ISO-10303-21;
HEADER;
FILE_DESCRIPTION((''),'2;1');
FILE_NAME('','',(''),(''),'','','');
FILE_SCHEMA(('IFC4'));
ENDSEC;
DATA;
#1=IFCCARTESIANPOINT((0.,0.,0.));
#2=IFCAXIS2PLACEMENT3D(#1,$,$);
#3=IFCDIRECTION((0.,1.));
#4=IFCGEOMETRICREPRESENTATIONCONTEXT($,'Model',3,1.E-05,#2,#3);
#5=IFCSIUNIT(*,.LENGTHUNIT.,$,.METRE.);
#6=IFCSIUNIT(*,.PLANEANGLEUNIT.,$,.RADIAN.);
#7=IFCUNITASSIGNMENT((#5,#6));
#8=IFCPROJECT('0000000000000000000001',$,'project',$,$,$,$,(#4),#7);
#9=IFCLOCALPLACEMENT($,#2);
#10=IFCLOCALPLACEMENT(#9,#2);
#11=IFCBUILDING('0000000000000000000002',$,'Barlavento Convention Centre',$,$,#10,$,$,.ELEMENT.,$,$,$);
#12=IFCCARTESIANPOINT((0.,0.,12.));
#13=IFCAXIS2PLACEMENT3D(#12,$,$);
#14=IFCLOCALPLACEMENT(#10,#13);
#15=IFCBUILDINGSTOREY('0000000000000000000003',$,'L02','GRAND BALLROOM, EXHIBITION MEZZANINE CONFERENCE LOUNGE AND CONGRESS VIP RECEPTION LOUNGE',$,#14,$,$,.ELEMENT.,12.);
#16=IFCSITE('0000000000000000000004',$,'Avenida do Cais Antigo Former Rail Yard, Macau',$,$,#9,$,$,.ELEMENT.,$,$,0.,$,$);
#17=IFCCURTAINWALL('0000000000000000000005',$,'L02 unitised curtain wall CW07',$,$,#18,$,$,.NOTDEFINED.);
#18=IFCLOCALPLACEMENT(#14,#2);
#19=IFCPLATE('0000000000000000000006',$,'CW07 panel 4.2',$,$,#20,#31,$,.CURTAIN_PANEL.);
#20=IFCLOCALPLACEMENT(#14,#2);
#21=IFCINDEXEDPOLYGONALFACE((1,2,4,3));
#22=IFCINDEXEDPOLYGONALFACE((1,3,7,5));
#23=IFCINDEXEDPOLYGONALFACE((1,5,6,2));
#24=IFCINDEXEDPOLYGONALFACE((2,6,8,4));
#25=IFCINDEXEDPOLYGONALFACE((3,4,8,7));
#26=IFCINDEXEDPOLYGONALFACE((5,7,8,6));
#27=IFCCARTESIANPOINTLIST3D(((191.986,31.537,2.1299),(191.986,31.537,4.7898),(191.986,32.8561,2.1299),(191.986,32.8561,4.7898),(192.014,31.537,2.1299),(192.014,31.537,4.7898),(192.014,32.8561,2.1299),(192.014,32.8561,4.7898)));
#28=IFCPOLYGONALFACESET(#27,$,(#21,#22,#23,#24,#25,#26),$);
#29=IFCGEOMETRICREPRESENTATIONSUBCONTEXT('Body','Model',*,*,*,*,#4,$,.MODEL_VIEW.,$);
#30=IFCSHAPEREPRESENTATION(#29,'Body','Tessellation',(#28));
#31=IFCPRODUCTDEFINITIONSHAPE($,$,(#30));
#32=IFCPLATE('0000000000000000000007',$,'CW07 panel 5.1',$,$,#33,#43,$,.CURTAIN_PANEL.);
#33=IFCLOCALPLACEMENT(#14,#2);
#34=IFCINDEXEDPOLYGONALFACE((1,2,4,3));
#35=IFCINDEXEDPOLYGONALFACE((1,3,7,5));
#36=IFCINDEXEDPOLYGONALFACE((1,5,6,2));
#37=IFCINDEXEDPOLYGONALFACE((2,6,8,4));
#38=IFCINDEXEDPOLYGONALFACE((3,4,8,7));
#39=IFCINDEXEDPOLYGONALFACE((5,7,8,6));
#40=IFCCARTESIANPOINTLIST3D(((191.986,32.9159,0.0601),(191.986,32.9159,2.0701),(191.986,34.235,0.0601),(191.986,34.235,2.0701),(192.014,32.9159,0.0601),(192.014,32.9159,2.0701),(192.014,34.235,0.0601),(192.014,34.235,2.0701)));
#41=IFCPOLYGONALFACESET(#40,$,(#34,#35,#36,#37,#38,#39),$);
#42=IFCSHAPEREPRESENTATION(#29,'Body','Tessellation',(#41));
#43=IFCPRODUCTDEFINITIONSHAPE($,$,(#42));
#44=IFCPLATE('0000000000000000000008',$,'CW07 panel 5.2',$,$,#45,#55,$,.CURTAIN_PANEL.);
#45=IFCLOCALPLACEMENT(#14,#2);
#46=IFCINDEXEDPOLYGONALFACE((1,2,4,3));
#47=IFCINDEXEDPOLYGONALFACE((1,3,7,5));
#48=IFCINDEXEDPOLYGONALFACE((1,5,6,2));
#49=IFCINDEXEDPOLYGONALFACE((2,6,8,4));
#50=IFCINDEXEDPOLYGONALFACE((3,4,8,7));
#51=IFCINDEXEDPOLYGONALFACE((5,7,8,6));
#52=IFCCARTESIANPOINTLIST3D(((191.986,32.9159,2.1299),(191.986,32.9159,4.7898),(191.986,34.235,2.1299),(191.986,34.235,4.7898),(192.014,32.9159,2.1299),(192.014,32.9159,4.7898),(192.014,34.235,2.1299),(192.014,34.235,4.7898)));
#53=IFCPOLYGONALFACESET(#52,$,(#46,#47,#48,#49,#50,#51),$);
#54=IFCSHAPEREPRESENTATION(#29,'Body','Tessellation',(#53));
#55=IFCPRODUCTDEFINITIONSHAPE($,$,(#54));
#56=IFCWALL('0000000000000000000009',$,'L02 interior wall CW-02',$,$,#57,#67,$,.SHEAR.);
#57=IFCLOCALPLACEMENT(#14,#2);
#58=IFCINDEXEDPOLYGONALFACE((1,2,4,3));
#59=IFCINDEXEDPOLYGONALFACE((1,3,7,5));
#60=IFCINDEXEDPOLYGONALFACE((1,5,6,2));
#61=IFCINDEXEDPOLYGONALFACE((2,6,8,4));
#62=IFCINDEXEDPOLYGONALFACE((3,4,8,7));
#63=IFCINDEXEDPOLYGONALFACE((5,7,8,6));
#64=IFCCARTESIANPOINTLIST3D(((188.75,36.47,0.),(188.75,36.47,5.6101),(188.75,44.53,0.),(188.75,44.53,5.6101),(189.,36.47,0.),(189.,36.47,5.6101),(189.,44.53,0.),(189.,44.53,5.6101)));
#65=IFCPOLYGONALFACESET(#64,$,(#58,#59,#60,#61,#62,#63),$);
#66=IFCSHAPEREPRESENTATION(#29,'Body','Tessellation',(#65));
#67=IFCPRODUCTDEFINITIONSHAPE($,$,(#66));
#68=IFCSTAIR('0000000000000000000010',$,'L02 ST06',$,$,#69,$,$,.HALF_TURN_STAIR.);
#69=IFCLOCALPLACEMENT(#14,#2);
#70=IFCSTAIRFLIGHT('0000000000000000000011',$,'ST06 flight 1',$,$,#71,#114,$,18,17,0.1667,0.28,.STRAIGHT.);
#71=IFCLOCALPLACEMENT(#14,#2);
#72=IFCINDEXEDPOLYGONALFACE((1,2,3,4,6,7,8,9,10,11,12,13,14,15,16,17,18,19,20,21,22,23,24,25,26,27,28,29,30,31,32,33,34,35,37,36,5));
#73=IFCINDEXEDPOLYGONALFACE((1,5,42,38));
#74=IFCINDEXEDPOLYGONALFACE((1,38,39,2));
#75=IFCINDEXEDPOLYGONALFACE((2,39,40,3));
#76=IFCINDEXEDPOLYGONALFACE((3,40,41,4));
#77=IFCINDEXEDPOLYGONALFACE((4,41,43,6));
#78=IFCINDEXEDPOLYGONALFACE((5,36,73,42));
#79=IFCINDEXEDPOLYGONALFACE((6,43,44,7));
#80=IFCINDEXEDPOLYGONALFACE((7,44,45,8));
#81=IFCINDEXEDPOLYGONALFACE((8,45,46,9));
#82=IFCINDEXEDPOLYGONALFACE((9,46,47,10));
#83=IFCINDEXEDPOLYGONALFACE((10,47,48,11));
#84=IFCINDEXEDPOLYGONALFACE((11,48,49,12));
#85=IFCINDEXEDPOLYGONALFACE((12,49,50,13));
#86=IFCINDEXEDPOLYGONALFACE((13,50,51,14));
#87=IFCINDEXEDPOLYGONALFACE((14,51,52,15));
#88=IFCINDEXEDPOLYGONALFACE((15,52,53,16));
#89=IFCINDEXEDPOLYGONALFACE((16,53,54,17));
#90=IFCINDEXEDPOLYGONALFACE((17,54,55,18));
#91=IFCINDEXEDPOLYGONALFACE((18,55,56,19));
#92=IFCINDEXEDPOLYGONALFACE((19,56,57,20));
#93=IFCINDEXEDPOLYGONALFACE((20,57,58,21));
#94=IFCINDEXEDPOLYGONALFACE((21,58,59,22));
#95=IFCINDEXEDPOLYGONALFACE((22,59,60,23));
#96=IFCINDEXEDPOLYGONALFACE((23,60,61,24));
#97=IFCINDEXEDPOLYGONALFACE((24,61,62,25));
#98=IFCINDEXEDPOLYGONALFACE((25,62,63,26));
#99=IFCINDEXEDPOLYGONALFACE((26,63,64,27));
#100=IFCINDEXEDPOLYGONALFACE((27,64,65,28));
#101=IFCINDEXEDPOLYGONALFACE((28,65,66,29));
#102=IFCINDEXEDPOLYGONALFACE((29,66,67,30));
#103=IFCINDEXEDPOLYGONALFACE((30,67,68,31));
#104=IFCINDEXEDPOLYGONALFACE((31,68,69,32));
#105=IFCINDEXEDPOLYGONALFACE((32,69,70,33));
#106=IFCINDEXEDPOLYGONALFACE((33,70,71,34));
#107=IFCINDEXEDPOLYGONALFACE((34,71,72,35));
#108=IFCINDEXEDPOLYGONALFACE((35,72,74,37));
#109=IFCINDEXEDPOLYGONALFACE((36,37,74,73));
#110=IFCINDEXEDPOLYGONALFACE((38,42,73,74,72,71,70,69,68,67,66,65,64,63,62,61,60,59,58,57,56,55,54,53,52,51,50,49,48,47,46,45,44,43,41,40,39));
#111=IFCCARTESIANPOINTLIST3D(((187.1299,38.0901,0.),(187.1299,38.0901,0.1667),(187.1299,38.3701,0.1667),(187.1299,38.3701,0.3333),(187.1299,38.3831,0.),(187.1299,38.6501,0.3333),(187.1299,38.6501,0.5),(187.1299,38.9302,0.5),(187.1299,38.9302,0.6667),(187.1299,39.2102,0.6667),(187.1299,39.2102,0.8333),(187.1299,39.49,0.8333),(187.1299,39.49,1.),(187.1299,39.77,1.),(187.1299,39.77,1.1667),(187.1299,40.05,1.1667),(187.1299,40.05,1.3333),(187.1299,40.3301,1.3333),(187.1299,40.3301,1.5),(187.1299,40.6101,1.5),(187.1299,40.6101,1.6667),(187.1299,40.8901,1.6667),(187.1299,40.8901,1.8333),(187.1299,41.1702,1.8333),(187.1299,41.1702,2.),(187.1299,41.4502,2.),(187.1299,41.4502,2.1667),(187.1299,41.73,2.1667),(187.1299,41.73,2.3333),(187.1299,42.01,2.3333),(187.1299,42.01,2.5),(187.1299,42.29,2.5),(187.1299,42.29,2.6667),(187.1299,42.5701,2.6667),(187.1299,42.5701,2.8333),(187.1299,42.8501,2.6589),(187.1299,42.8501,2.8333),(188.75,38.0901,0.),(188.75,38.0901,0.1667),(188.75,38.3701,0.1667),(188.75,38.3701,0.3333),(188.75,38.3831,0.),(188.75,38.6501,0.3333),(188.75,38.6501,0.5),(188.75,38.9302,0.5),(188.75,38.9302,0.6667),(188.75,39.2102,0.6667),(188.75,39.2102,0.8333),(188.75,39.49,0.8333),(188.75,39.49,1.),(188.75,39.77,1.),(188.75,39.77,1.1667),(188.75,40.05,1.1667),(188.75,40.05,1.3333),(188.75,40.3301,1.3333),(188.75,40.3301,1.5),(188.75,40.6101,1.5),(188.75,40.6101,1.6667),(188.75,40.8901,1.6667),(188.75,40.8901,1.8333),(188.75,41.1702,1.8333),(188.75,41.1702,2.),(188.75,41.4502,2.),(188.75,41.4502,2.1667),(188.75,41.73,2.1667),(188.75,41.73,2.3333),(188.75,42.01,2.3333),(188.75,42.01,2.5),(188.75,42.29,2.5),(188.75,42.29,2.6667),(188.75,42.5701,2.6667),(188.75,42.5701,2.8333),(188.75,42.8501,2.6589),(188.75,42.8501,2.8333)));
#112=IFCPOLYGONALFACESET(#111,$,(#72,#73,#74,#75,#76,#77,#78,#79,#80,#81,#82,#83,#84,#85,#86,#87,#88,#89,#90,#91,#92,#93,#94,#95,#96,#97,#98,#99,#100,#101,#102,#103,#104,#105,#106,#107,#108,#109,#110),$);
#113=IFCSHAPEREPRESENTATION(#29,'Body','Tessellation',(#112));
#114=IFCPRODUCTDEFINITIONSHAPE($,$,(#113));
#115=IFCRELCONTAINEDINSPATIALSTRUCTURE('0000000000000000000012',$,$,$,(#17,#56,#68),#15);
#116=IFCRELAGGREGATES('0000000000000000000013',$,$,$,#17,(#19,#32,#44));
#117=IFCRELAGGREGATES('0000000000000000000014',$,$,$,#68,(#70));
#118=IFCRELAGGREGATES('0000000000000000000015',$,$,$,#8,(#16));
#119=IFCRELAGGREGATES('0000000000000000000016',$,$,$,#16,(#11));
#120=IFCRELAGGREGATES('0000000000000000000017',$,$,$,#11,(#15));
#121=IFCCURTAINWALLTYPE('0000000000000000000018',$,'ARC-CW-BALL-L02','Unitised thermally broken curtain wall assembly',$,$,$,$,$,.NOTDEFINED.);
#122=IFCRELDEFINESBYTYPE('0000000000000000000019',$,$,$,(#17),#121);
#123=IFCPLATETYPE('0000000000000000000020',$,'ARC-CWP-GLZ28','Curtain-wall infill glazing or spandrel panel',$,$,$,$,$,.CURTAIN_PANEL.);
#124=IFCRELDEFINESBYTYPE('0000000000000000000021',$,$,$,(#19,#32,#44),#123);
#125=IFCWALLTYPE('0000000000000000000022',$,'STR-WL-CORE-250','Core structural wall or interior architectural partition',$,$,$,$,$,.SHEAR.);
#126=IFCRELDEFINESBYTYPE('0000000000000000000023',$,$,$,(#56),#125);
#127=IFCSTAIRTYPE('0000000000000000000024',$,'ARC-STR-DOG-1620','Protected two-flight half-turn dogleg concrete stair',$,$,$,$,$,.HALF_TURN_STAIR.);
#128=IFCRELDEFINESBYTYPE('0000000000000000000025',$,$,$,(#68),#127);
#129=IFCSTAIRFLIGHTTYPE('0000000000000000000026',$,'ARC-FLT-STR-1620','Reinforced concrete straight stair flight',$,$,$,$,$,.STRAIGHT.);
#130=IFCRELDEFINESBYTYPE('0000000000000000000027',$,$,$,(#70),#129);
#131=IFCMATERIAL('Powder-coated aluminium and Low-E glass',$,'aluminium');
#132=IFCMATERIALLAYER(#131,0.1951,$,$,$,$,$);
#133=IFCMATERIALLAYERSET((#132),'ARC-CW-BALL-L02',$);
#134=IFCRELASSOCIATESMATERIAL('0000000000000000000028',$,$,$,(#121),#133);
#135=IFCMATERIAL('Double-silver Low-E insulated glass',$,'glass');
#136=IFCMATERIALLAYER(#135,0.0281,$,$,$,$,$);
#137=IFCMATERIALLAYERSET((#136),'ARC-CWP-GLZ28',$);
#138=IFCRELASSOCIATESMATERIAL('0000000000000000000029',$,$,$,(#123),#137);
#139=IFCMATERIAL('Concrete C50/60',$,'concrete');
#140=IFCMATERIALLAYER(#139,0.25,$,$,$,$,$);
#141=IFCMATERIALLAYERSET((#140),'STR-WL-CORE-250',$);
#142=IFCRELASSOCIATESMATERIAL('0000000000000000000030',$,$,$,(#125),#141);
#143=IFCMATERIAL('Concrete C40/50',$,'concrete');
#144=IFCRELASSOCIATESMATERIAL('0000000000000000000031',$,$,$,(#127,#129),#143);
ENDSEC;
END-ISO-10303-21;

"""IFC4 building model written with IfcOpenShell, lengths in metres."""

from ifc_helpers import new_model, si_unit, direction, frame, frame_2d, origin, origin_2d, place, context, subcontext, project, spatial, polyline, rectangle, outline, extrude, material, layer, layer_set, type_object, element, aggregate, save


model = new_model("IFC4")

# Units and contexts
model_context = context("Model", 3, precision=1e-05, world=origin(), true_north=direction((0.0, 1.0)))
body_context = subcontext(model_context, "Body", "Model", "MODEL_VIEW")
ifc_project = project(units=[si_unit("LENGTHUNIT", "METRE"), si_unit("PLANEANGLEUNIT", "RADIAN")], contexts=[model_context])

# Site, building, storey
site_placement = place(None, origin())
site = spatial("IfcSite", under=ifc_project, at=site_placement, Name="Avenida do Cais Antigo Former Rail Yard, Macau", CompositionType="ELEMENT", RefElevation=0.0)
building_placement = place(site_placement, origin())
building = spatial("IfcBuilding", under=site, at=building_placement, Name="Barlavento Convention Centre", CompositionType="ELEMENT")
storey_placement = place(building_placement, frame((0.0, 0.0, 12.0)))
storey = spatial("IfcBuildingStorey", under=building, at=storey_placement, Name="L02", Description="GRAND BALLROOM, EXHIBITION MEZZANINE CONFERENCE LOUNGE AND CONGRESS VIP RECEPTION LOUNGE", CompositionType="ELEMENT", Elevation=12.0)

# Curtain wall
ifc_material_1 = material(Name="Powder-coated aluminium and Low-E glass", Category="aluminium")
ifc_layer_1 = layer(ifc_material_1, 0.1951)
ifc_layer_set_1 = layer_set([ifc_layer_1], Name="ARC-CW-BALL-L02")
curtain_wall_type = type_object("IfcCurtainWallType", Name="ARC-CW-BALL-L02", Description="Unitised thermally broken curtain wall assembly", PredefinedType="NOTDEFINED", material=ifc_layer_set_1)
curtain_wall_placement = place(storey_placement, origin())
curtain_wall = element("IfcCurtainWall", 1, at=curtain_wall_placement, inside=storey, type_object=curtain_wall_type, Name="L02 unitised curtain wall CW07", PredefinedType="NOTDEFINED")

# Plates
ifc_material_2 = material(Name="Double-silver Low-E insulated glass", Category="glass")
ifc_layer_2 = layer(ifc_material_2, 0.0281)
ifc_layer_set_2 = layer_set([ifc_layer_2], Name="ARC-CWP-GLZ28")
plate_type = type_object("IfcPlateType", Name="ARC-CWP-GLZ28", Description="Curtain-wall infill glazing or spandrel panel", PredefinedType="CURTAIN_PANEL", material=ifc_layer_set_2)
plate_1_placement = place(storey_placement, frame((192.0, 32.1965, 2.1299), z_axis=(0.0, 0.0, 1.0), x_axis=(0.0, 1.0, 0.0)))
plate_1 = element("IfcPlate", 2, at=plate_1_placement, type_object=plate_type, Name="CW07 panel 4.2", PredefinedType="CURTAIN_PANEL", context=body_context, shape_type="SweptSolid", body=[
    extrude(rectangle(XDim=1.3191, YDim=0.0281, at=origin_2d()), origin(), (0.0, 0.0, 1.0), 2.6599),
])
plate_2_placement = place(storey_placement, frame((192.0, 33.5754, 0.0601), z_axis=(0.0, 0.0, 1.0), x_axis=(0.0, 1.0, 0.0)))
plate_2 = element("IfcPlate", 3, at=plate_2_placement, type_object=plate_type, Name="CW07 panel 5.1", PredefinedType="CURTAIN_PANEL", context=body_context, shape_type="SweptSolid", body=[
    extrude(rectangle(XDim=1.3191, YDim=0.0281, at=origin_2d()), origin(), (0.0, 0.0, 1.0), 2.01),
])
plate_3_placement = place(storey_placement, frame((192.0, 33.5754, 2.1299), z_axis=(0.0, 0.0, 1.0), x_axis=(0.0, 1.0, 0.0)))
plate_3 = element("IfcPlate", 4, at=plate_3_placement, type_object=plate_type, Name="CW07 panel 5.2", PredefinedType="CURTAIN_PANEL", context=body_context, shape_type="SweptSolid", body=[
    extrude(rectangle(XDim=1.3191, YDim=0.0281, at=origin_2d()), origin(), (0.0, 0.0, 1.0), 2.6599),
])
aggregate(curtain_wall, [plate_1, plate_2, plate_3])

# Wall
ifc_material_3 = material(Name="Concrete C50/60", Category="concrete")
ifc_layer_3 = layer(ifc_material_3, 0.25)
ifc_layer_set_3 = layer_set([ifc_layer_3], Name="STR-WL-CORE-250")
wall_type = type_object("IfcWallType", Name="STR-WL-CORE-250", Description="Core structural wall or interior architectural partition", PredefinedType="SHEAR", material=ifc_layer_set_3)
wall_placement = place(storey_placement, frame((188.875, 36.47, 0.0), z_axis=(0.0, 0.0, 1.0), x_axis=(0.0, 1.0, 0.0)))
element("IfcWall", 5, at=wall_placement, inside=storey, type_object=wall_type, Name="L02 interior wall CW-02", PredefinedType="SHEAR", context=body_context, shape_type="SweptSolid", body=[
    extrude(rectangle(XDim=8.0601, YDim=0.25, at=frame_2d((4.03, 0.0))), origin(), (0.0, 0.0, 1.0), 5.6101),
])

# Stair, stair flight
ifc_material_4 = material(Name="Concrete C40/50", Category="concrete")
stair_type = type_object("IfcStairType", Name="ARC-STR-DOG-1620", Description="Protected two-flight half-turn dogleg concrete stair", PredefinedType="HALF_TURN_STAIR", material=ifc_material_4)
stair_placement = place(storey_placement, origin())
stair = element("IfcStair", 6, at=stair_placement, inside=storey, type_object=stair_type, Name="L02 ST06", PredefinedType="HALF_TURN_STAIR")
stair_flight_type = type_object("IfcStairFlightType", Name="ARC-FLT-STR-1620", Description="Reinforced concrete straight stair flight", PredefinedType="STRAIGHT", material=ifc_material_4)
stair_flight_placement = place(storey_placement, frame((187.9399, 38.0901, 0.0), z_axis=(0.0, 0.0, 1.0), x_axis=(0.0, 1.0, 0.0)))
stair_flight = element("IfcStairFlight", 7, at=stair_flight_placement, type_object=stair_flight_type, Name="ST06 flight 1", NumberOfRisers=18, NumberOfTreads=17, PredefinedType="STRAIGHT", RiserHeight=0.1667, TreadLength=0.28, context=body_context, shape_type="SweptSolid", body=[
    extrude(outline(polyline([(0.0, 0.0), (0.0, 0.1667), (0.28, 0.1667), (0.28, 0.3333), (0.5601, 0.3333), (0.5601, 0.5), (0.8401, 0.5), (0.8401, 0.6667), (1.1201, 0.6667), (1.1201, 0.8333), (1.3999, 0.8333), (1.3999, 1.0), (1.6799, 1.0), (1.6799, 1.1667), (1.96, 1.1667), (1.96, 1.3333), (2.24, 1.3333), (2.24, 1.5), (2.52, 1.5), (2.52, 1.6667), (2.8, 1.6667), (2.8, 1.8333), (3.0801, 1.8333), (3.0801, 2.0), (3.3601, 2.0), (3.3601, 2.1667), (3.6399, 2.1667), (3.6399, 2.3333), (3.9199, 2.3333), (3.9199, 2.5), (4.2, 2.5), (4.2, 2.6667), (4.48, 2.6667), (4.48, 2.8333), (4.76, 2.8333), (4.76, 3.0), (4.76, 2.6589), (0.293, 0.0), (0.0, 0.0)])), frame((0.0, 0.8101, 0.0), z_axis=(0.0, -1.0, 0.0), x_axis=(1.0, 0.0, 0.0)), (0.0, 0.0, 1.0), 1.6201),
])
aggregate(stair, [stair_flight])

save(model, "model.ifc")
